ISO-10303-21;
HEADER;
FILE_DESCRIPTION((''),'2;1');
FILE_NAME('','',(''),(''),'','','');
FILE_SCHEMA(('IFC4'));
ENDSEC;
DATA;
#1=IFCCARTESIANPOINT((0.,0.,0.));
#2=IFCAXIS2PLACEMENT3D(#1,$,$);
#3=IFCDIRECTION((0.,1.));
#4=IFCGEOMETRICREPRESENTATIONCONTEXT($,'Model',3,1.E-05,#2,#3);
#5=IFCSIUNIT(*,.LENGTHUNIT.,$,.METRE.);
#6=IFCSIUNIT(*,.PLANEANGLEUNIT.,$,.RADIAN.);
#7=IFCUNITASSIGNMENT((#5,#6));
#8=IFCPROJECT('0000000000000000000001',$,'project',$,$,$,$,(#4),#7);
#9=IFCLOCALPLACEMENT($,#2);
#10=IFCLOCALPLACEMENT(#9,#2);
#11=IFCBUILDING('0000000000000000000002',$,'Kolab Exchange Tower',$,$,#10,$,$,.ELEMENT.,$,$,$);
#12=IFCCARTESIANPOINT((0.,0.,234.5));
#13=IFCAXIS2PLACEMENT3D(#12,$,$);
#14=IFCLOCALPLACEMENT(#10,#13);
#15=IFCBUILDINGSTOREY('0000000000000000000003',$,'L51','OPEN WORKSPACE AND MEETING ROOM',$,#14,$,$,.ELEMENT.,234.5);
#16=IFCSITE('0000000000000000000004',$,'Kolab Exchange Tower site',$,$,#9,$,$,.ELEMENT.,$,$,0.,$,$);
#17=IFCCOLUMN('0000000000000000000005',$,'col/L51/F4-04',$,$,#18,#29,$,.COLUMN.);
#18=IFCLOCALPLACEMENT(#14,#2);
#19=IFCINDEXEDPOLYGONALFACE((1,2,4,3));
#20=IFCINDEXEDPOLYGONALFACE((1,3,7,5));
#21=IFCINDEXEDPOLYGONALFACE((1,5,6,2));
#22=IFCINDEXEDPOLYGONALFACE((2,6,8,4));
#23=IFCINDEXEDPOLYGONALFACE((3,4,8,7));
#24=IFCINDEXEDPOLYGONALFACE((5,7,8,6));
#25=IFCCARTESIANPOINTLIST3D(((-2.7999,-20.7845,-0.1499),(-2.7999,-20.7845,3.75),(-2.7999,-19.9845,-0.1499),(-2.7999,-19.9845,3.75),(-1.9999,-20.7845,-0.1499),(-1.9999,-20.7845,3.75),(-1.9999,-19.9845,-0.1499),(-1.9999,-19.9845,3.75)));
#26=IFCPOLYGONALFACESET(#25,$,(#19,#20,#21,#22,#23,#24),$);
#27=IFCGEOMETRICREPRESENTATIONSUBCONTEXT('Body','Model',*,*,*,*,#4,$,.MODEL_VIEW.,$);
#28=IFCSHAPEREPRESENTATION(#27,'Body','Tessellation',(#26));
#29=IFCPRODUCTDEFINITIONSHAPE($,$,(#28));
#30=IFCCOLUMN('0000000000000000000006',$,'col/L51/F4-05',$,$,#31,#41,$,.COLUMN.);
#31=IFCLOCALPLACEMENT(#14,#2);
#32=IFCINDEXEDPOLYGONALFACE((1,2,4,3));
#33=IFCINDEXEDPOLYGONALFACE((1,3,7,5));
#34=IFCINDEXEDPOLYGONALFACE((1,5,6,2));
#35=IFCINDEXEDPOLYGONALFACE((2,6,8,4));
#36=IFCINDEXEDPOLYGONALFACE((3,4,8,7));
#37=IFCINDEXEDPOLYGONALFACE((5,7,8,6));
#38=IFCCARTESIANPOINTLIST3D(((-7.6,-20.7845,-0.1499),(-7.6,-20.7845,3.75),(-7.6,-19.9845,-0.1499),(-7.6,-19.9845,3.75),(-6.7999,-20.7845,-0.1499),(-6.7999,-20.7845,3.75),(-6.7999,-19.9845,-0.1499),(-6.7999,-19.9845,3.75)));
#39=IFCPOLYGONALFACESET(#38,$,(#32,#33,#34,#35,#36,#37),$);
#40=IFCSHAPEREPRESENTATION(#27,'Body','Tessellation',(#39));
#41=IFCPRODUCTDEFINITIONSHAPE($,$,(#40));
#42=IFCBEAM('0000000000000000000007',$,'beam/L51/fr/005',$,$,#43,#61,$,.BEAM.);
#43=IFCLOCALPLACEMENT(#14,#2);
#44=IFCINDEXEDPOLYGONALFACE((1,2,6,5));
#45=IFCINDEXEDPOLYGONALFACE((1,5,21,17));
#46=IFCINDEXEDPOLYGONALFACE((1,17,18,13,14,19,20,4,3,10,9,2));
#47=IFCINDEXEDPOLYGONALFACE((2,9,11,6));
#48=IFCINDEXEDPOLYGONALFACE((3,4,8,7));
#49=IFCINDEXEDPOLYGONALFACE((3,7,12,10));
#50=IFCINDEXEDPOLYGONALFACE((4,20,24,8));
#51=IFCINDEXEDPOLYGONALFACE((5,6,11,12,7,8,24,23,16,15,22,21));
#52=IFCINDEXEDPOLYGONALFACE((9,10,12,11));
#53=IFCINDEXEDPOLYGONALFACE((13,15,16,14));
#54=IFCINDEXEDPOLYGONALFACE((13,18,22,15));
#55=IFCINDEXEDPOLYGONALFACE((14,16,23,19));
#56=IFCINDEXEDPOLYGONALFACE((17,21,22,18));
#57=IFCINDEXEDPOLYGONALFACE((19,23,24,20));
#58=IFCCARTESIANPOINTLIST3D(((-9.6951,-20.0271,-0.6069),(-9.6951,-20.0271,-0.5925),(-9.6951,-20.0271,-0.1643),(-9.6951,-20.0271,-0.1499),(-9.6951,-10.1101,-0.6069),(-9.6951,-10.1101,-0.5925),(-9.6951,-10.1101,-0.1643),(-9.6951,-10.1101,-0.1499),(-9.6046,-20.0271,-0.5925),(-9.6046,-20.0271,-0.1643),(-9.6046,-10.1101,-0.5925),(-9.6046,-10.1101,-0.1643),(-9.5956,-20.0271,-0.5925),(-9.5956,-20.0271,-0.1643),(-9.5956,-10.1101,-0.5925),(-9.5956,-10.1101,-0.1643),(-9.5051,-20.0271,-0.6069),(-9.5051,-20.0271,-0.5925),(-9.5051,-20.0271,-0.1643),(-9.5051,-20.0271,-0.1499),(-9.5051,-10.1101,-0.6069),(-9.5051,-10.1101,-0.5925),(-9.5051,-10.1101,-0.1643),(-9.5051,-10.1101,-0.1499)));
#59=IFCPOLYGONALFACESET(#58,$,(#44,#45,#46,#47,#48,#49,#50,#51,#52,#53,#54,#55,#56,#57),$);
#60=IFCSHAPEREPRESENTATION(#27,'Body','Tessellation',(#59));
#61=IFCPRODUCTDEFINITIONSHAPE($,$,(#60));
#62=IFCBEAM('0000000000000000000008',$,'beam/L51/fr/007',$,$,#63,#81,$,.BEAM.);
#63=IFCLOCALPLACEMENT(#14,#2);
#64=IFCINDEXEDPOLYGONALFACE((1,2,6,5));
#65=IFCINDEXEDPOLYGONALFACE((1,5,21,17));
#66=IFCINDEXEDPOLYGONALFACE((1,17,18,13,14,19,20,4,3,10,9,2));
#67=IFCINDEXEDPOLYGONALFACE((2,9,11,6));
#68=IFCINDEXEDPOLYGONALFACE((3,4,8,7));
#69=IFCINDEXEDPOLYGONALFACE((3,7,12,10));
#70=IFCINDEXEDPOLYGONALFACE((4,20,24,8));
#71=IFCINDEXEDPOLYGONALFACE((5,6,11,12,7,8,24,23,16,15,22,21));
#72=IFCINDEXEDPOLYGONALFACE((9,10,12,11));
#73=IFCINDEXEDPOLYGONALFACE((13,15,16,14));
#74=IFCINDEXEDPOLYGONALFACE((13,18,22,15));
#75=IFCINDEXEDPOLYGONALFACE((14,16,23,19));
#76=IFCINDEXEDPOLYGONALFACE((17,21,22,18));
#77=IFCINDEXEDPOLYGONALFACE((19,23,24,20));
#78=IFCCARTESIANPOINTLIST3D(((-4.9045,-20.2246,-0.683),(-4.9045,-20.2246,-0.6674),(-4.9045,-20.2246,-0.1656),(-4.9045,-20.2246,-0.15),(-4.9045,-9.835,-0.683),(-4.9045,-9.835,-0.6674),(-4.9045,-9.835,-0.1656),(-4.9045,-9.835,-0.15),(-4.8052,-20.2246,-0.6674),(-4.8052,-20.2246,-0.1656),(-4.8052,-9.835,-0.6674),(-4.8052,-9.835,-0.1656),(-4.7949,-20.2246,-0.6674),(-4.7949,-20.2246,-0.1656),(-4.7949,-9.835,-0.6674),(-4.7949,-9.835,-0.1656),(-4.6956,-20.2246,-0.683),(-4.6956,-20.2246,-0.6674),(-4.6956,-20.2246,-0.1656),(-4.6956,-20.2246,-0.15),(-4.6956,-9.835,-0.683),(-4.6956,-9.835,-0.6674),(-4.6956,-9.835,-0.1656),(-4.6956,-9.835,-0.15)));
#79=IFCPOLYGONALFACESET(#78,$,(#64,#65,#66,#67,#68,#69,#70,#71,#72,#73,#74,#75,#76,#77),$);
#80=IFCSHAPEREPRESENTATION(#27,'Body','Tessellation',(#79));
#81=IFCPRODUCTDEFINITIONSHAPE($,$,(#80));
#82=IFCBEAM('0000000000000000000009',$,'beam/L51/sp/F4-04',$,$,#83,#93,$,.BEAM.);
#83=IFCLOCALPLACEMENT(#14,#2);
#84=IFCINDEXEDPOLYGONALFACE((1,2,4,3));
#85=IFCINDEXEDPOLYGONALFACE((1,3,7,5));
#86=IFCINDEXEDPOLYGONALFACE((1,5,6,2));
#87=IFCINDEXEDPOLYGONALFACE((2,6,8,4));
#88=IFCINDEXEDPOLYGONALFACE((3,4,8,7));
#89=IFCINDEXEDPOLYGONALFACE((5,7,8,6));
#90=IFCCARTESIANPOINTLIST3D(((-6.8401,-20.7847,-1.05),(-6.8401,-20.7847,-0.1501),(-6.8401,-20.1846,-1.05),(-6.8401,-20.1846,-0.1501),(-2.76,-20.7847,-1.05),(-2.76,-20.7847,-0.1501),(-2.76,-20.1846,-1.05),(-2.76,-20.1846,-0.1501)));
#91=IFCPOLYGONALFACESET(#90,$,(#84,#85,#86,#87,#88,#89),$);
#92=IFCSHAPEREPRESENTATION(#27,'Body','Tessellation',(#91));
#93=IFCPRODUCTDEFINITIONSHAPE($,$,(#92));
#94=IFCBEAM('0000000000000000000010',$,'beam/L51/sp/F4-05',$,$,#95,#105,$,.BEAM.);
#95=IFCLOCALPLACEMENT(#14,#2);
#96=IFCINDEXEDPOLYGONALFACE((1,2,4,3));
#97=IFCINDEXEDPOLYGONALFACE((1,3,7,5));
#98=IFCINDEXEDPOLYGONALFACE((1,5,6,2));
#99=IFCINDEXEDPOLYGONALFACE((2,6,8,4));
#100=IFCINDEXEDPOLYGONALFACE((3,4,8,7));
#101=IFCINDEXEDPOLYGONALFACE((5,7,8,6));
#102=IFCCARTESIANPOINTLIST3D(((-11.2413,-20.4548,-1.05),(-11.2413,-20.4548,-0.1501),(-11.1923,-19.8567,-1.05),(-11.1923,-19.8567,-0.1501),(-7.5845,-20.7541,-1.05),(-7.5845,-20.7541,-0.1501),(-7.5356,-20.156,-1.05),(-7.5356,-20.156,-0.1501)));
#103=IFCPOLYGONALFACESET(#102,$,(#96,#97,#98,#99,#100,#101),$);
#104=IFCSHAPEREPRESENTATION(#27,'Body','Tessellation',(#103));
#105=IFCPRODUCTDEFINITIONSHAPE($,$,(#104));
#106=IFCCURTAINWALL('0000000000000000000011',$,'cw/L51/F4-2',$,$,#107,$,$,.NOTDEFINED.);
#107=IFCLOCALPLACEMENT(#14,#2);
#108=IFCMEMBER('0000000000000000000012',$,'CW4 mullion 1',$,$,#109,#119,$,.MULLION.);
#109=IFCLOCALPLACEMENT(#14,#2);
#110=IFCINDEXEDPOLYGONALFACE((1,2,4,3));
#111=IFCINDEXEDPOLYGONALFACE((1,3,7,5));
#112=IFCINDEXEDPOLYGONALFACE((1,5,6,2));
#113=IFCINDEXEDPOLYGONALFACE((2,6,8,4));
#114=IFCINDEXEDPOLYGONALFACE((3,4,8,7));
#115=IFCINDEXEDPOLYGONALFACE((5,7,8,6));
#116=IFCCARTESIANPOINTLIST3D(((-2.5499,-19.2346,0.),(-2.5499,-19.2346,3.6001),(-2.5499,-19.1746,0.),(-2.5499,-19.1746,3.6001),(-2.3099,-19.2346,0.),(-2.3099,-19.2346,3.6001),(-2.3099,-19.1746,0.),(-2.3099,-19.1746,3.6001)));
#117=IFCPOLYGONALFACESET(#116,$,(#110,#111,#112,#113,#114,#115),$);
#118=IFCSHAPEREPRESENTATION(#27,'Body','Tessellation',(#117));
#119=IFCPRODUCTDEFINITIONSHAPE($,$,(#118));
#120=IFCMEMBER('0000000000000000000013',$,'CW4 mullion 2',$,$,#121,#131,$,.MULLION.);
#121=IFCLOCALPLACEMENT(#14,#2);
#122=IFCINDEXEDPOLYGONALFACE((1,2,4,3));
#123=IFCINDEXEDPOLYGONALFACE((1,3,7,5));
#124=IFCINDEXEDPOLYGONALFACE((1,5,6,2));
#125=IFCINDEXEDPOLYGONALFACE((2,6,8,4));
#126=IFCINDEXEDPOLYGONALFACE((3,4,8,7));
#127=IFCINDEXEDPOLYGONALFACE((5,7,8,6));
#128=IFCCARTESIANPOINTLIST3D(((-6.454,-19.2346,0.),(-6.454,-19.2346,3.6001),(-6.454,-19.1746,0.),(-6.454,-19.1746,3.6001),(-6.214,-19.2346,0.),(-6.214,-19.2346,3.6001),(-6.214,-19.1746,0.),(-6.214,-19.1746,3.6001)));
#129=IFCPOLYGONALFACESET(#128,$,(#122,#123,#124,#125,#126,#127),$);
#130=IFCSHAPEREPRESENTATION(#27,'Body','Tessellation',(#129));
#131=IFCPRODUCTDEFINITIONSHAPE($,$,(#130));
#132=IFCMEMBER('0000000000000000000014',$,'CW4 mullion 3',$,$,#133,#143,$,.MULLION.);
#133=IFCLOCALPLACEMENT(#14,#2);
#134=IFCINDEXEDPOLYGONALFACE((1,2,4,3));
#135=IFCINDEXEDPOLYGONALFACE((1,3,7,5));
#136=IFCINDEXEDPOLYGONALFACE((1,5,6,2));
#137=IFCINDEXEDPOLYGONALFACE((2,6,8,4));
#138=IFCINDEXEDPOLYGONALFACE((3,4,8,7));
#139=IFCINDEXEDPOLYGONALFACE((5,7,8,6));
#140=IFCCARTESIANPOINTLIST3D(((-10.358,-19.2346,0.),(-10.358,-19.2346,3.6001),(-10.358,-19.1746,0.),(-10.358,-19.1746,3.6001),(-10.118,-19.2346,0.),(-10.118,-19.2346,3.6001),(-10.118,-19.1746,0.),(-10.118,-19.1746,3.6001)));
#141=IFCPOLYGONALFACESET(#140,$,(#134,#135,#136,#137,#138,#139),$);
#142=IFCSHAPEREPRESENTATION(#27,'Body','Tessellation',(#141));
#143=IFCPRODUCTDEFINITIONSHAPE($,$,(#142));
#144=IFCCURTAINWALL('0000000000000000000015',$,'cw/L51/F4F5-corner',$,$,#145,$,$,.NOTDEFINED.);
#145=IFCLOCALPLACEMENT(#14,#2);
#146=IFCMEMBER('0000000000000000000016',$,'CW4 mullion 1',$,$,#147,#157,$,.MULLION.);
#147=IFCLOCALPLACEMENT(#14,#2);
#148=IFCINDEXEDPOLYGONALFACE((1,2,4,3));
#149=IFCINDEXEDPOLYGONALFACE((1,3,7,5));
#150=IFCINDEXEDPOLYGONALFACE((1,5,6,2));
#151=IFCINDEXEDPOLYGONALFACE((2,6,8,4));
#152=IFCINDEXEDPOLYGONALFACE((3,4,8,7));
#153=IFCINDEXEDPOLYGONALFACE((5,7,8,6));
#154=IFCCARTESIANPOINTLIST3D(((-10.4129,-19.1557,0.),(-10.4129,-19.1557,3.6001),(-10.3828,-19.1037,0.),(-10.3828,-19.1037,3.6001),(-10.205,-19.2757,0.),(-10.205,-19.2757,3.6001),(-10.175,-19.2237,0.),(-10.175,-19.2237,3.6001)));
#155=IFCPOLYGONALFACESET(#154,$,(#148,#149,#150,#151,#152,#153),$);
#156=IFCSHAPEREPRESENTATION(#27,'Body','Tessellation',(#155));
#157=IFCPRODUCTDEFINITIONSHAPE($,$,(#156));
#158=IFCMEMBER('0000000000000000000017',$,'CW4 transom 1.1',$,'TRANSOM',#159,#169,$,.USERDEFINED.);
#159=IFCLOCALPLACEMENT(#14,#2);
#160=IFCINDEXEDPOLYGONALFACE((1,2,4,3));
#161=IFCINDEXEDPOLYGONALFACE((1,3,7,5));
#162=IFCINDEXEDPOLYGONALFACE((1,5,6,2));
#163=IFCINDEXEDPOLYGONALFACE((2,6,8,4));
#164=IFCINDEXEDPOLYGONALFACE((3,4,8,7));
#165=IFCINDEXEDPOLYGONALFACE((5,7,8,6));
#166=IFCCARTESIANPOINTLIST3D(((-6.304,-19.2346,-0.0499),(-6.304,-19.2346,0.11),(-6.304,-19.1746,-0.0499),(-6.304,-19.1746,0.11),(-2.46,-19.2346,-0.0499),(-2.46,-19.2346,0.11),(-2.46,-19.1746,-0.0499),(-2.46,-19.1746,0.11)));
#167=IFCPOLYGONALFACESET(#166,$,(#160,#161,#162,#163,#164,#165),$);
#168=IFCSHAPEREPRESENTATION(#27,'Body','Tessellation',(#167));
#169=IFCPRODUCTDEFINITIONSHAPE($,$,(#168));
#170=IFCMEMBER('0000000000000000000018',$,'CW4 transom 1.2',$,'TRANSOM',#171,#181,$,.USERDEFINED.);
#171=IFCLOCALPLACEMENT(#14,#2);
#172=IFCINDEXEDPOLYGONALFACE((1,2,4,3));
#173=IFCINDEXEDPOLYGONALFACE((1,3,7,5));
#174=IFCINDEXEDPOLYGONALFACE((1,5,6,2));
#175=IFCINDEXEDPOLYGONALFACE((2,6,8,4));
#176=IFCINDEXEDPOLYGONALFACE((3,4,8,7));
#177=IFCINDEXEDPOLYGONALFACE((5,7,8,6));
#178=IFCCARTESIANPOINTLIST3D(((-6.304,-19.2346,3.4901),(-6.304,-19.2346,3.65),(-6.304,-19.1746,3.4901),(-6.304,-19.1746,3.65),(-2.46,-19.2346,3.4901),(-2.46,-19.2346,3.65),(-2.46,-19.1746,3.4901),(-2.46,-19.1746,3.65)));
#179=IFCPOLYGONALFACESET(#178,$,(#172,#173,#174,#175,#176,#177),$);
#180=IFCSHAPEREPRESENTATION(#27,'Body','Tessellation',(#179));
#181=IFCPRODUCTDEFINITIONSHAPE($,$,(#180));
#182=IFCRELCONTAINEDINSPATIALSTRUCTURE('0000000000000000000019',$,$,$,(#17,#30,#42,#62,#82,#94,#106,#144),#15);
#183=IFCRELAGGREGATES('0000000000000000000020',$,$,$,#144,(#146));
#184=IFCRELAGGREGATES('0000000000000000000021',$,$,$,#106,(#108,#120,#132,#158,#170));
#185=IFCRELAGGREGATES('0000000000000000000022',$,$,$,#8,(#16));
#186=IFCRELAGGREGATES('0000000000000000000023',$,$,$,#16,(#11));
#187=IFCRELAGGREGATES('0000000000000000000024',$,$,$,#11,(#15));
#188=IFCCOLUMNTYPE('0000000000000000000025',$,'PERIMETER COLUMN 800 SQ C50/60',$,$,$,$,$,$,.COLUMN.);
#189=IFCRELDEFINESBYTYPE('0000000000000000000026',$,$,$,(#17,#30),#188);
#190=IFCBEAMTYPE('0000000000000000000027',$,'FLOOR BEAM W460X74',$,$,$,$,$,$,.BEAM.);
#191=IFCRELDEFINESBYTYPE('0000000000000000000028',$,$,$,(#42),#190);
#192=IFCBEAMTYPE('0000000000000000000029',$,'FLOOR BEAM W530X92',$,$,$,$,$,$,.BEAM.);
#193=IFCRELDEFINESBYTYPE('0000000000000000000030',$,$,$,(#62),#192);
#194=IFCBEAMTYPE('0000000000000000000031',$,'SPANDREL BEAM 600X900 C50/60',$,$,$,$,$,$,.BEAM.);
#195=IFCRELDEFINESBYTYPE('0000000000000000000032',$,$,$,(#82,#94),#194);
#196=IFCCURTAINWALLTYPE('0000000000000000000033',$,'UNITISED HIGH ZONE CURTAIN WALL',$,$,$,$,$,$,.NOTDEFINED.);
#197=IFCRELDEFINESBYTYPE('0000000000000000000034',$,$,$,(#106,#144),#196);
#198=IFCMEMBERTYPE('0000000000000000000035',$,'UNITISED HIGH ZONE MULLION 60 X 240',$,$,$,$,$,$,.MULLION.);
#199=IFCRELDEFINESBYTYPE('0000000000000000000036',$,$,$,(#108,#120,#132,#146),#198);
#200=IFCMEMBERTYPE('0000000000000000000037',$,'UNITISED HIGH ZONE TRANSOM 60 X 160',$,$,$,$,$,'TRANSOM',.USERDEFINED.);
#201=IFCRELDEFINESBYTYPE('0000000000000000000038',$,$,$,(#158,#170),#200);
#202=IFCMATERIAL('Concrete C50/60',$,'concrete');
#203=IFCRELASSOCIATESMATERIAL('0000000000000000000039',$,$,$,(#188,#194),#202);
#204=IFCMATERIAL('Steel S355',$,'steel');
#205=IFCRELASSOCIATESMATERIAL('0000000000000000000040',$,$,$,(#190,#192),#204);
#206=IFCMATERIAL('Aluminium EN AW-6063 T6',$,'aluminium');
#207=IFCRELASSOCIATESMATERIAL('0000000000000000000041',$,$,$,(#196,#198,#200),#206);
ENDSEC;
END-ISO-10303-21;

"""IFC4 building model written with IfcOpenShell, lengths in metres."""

from ifc_helpers import new_model, si_unit, direction, frame, origin, origin_2d, place, context, subcontext, project, spatial, rectangle, i_section, extrude, material, material_profile, profile_set, type_object, element, aggregate, save


model = new_model("IFC4")

# Units and contexts
model_context = context("Model", 3, precision=1e-05, world=origin(), true_north=direction((0.0, 1.0)))
body_context = subcontext(model_context, "Body", "Model", "MODEL_VIEW")
ifc_project = project(units=[si_unit("LENGTHUNIT", "METRE"), si_unit("PLANEANGLEUNIT", "RADIAN")], contexts=[model_context])

# Site, building, storey
site_placement = place(None, origin())
site = spatial("IfcSite", under=ifc_project, at=site_placement, Name="Kolab Exchange Tower site", CompositionType="ELEMENT", RefElevation=0.0)
building_placement = place(site_placement, origin())
building = spatial("IfcBuilding", under=site, at=building_placement, Name="Kolab Exchange Tower", CompositionType="ELEMENT")
storey_placement = place(building_placement, frame((0.0, 0.0, 234.5)))
storey = spatial("IfcBuildingStorey", under=building, at=storey_placement, Name="L51", Description="OPEN WORKSPACE AND MEETING ROOM", CompositionType="ELEMENT", Elevation=234.5)

# Columns
ifc_material_1 = material(Name="Concrete C50/60", Category="concrete")
ifc_material_profile_1 = material_profile(ifc_material_1, rectangle(XDim=0.8, YDim=0.8, at=origin_2d()), Name="RC800")
ifc_profile_set_1 = profile_set([ifc_material_profile_1], Name="Concrete C50/60")
column_type = type_object("IfcColumnType", Name="PERIMETER COLUMN 800 SQ C50/60", PredefinedType="COLUMN", material=ifc_profile_set_1)
for number, where, z_axis, x_axis, name in (
    (1, (-2.3999, -20.3845, -0.1499), (0.0, 0.0, 1.0), (1.0, 0.0, 0.0), "col/L51/F4-04"),
    (2, (-7.2, -20.3845, -0.1499), (0.0, 0.0, 1.0), (1.0, 0.0, 0.0), "col/L51/F4-05"),
):
    element("IfcColumn", number, at=place(storey_placement, frame(where, z_axis=z_axis, x_axis=x_axis)), inside=storey, type_object=column_type, Name=name, PredefinedType="COLUMN", context=body_context, shape_type="SweptSolid", body=[
        extrude(rectangle(XDim=0.8, YDim=0.8, at=origin_2d()), origin(), (0.0, 0.0, 1.0), 3.8999),
    ])

# Beams
ifc_material_2 = material(Name="Steel S355", Category="steel")
ifc_material_profile_2 = material_profile(ifc_material_2, i_section(OverallWidth=0.1899, OverallDepth=0.457, WebThickness=0.009, FlangeThickness=0.0144, at=origin_2d()), Name="W460X74")
ifc_profile_set_2 = profile_set([ifc_material_profile_2], Name="Steel S355")
beam_type_1 = type_object("IfcBeamType", Name="FLOOR BEAM W460X74", PredefinedType="BEAM", material=ifc_profile_set_2)
beam_1_placement = place(storey_placement, frame((-9.6001, -20.0271, -0.3784), z_axis=(0.0, 1.0, 0.0), x_axis=(-1.0, 0.0, 0.0)))
element("IfcBeam", 3, at=beam_1_placement, inside=storey, type_object=beam_type_1, Name="beam/L51/fr/005", PredefinedType="BEAM", context=body_context, shape_type="SweptSolid", body=[
    extrude(i_section(OverallWidth=0.1899, OverallDepth=0.457, WebThickness=0.009, FlangeThickness=0.0144, at=origin_2d()), origin(), (0.0, 0.0, 1.0), 9.917),
])
ifc_material_profile_3 = material_profile(ifc_material_2, i_section(OverallWidth=0.209, OverallDepth=0.533, WebThickness=0.0103, FlangeThickness=0.0156, at=origin_2d()), Name="W530X92")
ifc_profile_set_3 = profile_set([ifc_material_profile_3], Name="Steel S355")
beam_type_2 = type_object("IfcBeamType", Name="FLOOR BEAM W530X92", PredefinedType="BEAM", material=ifc_profile_set_3)
beam_2_placement = place(storey_placement, frame((-4.8, -20.2246, -0.4165), z_axis=(0.0, 1.0, 0.0), x_axis=(-1.0, 0.0, 0.0)))
element("IfcBeam", 4, at=beam_2_placement, inside=storey, type_object=beam_type_2, Name="beam/L51/fr/007", PredefinedType="BEAM", context=body_context, shape_type="SweptSolid", body=[
    extrude(i_section(OverallWidth=0.209, OverallDepth=0.533, WebThickness=0.0103, FlangeThickness=0.0156, at=origin_2d()), origin(), (0.0, 0.0, 1.0), 10.3896),
])
ifc_material_profile_4 = material_profile(ifc_material_1, rectangle(XDim=0.6001, YDim=0.8999, at=origin_2d()), Name="RC600X900")
ifc_profile_set_4 = profile_set([ifc_material_profile_4], Name="Concrete C50/60")
beam_type_3 = type_object("IfcBeamType", Name="SPANDREL BEAM 600X900 C50/60", PredefinedType="BEAM", material=ifc_profile_set_4)
beam_3_placement = place(storey_placement, frame((-2.76, -20.4846, -0.6001), z_axis=(-1.0, 0.0, 0.0), x_axis=(0.0, -1.0, 0.0)))
element("IfcBeam", 5, at=beam_3_placement, inside=storey, type_object=beam_type_3, Name="beam/L51/sp/F4-04", PredefinedType="BEAM", context=body_context, shape_type="SweptSolid", body=[
    extrude(rectangle(XDim=0.6001, YDim=0.8999, at=origin_2d()), origin(), (0.0, 0.0, 1.0), 4.0801),
])
beam_4_placement = place(storey_placement, frame((-7.5601, -20.4551, -0.6001), z_axis=(-0.996667, 0.081581, 0.0), x_axis=(-0.081581, -0.996667, 0.0)))
element("IfcBeam", 6, at=beam_4_placement, inside=storey, type_object=beam_type_3, Name="beam/L51/sp/F4-05", PredefinedType="BEAM", context=body_context, shape_type="SweptSolid", body=[
    extrude(rectangle(XDim=0.6001, YDim=0.8999, at=origin_2d()), origin(), (0.0, 0.0, 1.0), 3.6689),
])

# Curtain wall, members
ifc_material_3 = material(Name="Aluminium EN AW-6063 T6", Category="aluminium")
curtain_wall_type = type_object("IfcCurtainWallType", Name="UNITISED HIGH ZONE CURTAIN WALL", PredefinedType="NOTDEFINED", material=ifc_material_3)
curtain_wall_1_placement = place(storey_placement, origin())
curtain_wall_1 = element("IfcCurtainWall", 7, at=curtain_wall_1_placement, inside=storey, type_object=curtain_wall_type, Name="cw/L51/F4-2", PredefinedType="NOTDEFINED")
ifc_material_profile_5 = material_profile(ifc_material_3, rectangle(XDim=0.0601, YDim=0.24, at=origin_2d()), Name="RECT 60X240")
ifc_profile_set_5 = profile_set([ifc_material_profile_5], Name="Aluminium EN AW-6063 T6")
member_type_1 = type_object("IfcMemberType", Name="UNITISED HIGH ZONE MULLION 60 X 240", PredefinedType="MULLION", material=ifc_profile_set_5)
member_1_placement = place(storey_placement, frame((-2.4299, -19.2046, 0.0), z_axis=(0.0, 0.0, 1.0), x_axis=(0.0, -1.0, 0.0)))
member_1 = element("IfcMember", 8, at=member_1_placement, type_object=member_type_1, Name="CW4 mullion 1", PredefinedType="MULLION", context=body_context, shape_type="SweptSolid", body=[
    extrude(rectangle(XDim=0.0601, YDim=0.24, at=origin_2d()), origin(), (0.0, 0.0, 1.0), 3.6001),
])
member_2_placement = place(storey_placement, frame((-6.334, -19.2046, 0.0), z_axis=(0.0, 0.0, 1.0), x_axis=(0.0, -1.0, 0.0)))
member_2 = element("IfcMember", 9, at=member_2_placement, type_object=member_type_1, Name="CW4 mullion 2", PredefinedType="MULLION", context=body_context, shape_type="SweptSolid", body=[
    extrude(rectangle(XDim=0.0601, YDim=0.24, at=origin_2d()), origin(), (0.0, 0.0, 1.0), 3.6001),
])
member_3_placement = place(storey_placement, frame((-10.238, -19.2046, 0.0), z_axis=(0.0, 0.0, 1.0), x_axis=(0.0, -1.0, 0.0)))
member_3 = element("IfcMember", 10, at=member_3_placement, type_object=member_type_1, Name="CW4 mullion 3", PredefinedType="MULLION", context=body_context, shape_type="SweptSolid", body=[
    extrude(rectangle(XDim=0.0601, YDim=0.24, at=origin_2d()), origin(), (0.0, 0.0, 1.0), 3.6001),
])

# Curtain wall, member
curtain_wall_2_placement = place(storey_placement, origin())
curtain_wall_2 = element("IfcCurtainWall", 11, at=curtain_wall_2_placement, inside=storey, type_object=curtain_wall_type, Name="cw/L51/F4F5-corner", PredefinedType="NOTDEFINED")
member_4_placement = place(storey_placement, frame((-10.2939, -19.1897, 0.0), z_axis=(0.0, 0.0, 1.0), x_axis=(-0.5, -0.866025, 0.0)))
member_4 = element("IfcMember", 12, at=member_4_placement, type_object=member_type_1, Name="CW4 mullion 1", PredefinedType="MULLION", context=body_context, shape_type="SweptSolid", body=[
    extrude(rectangle(XDim=0.0601, YDim=0.24, at=origin_2d()), origin(), (0.0, 0.0, 1.0), 3.6001),
])

# Members
ifc_material_profile_6 = material_profile(ifc_material_3, rectangle(XDim=0.0601, YDim=0.1599, at=origin_2d()), Name="RECT 60X160")
ifc_profile_set_6 = profile_set([ifc_material_profile_6], Name="Aluminium EN AW-6063 T6")
member_type_2 = type_object("IfcMemberType", Name="UNITISED HIGH ZONE TRANSOM 60 X 160", ElementType="TRANSOM", PredefinedType="USERDEFINED", material=ifc_profile_set_6)
member_5_placement = place(storey_placement, frame((-2.46, -19.2046, 0.03), z_axis=(-1.0, 0.0, 0.0), x_axis=(0.0, -1.0, 0.0)))
member_5 = element("IfcMember", 13, at=member_5_placement, type_object=member_type_2, Name="CW4 transom 1.1", ObjectType="TRANSOM", PredefinedType="USERDEFINED", context=body_context, shape_type="SweptSolid", body=[
    extrude(rectangle(XDim=0.0601, YDim=0.1599, at=origin_2d()), origin(), (0.0, 0.0, 1.0), 3.844),
])
member_6_placement = place(storey_placement, frame((-2.46, -19.2046, 3.5701), z_axis=(-1.0, 0.0, 0.0), x_axis=(0.0, -1.0, 0.0)))
member_6 = element("IfcMember", 14, at=member_6_placement, type_object=member_type_2, Name="CW4 transom 1.2", ObjectType="TRANSOM", PredefinedType="USERDEFINED", context=body_context, shape_type="SweptSolid", body=[
    extrude(rectangle(XDim=0.0601, YDim=0.1599, at=origin_2d()), origin(), (0.0, 0.0, 1.0), 3.844),
])
aggregate(curtain_wall_2, [member_4])

aggregate(curtain_wall_1, [member_1, member_2, member_3, member_5, member_6])

save(model, "model.ifc")
